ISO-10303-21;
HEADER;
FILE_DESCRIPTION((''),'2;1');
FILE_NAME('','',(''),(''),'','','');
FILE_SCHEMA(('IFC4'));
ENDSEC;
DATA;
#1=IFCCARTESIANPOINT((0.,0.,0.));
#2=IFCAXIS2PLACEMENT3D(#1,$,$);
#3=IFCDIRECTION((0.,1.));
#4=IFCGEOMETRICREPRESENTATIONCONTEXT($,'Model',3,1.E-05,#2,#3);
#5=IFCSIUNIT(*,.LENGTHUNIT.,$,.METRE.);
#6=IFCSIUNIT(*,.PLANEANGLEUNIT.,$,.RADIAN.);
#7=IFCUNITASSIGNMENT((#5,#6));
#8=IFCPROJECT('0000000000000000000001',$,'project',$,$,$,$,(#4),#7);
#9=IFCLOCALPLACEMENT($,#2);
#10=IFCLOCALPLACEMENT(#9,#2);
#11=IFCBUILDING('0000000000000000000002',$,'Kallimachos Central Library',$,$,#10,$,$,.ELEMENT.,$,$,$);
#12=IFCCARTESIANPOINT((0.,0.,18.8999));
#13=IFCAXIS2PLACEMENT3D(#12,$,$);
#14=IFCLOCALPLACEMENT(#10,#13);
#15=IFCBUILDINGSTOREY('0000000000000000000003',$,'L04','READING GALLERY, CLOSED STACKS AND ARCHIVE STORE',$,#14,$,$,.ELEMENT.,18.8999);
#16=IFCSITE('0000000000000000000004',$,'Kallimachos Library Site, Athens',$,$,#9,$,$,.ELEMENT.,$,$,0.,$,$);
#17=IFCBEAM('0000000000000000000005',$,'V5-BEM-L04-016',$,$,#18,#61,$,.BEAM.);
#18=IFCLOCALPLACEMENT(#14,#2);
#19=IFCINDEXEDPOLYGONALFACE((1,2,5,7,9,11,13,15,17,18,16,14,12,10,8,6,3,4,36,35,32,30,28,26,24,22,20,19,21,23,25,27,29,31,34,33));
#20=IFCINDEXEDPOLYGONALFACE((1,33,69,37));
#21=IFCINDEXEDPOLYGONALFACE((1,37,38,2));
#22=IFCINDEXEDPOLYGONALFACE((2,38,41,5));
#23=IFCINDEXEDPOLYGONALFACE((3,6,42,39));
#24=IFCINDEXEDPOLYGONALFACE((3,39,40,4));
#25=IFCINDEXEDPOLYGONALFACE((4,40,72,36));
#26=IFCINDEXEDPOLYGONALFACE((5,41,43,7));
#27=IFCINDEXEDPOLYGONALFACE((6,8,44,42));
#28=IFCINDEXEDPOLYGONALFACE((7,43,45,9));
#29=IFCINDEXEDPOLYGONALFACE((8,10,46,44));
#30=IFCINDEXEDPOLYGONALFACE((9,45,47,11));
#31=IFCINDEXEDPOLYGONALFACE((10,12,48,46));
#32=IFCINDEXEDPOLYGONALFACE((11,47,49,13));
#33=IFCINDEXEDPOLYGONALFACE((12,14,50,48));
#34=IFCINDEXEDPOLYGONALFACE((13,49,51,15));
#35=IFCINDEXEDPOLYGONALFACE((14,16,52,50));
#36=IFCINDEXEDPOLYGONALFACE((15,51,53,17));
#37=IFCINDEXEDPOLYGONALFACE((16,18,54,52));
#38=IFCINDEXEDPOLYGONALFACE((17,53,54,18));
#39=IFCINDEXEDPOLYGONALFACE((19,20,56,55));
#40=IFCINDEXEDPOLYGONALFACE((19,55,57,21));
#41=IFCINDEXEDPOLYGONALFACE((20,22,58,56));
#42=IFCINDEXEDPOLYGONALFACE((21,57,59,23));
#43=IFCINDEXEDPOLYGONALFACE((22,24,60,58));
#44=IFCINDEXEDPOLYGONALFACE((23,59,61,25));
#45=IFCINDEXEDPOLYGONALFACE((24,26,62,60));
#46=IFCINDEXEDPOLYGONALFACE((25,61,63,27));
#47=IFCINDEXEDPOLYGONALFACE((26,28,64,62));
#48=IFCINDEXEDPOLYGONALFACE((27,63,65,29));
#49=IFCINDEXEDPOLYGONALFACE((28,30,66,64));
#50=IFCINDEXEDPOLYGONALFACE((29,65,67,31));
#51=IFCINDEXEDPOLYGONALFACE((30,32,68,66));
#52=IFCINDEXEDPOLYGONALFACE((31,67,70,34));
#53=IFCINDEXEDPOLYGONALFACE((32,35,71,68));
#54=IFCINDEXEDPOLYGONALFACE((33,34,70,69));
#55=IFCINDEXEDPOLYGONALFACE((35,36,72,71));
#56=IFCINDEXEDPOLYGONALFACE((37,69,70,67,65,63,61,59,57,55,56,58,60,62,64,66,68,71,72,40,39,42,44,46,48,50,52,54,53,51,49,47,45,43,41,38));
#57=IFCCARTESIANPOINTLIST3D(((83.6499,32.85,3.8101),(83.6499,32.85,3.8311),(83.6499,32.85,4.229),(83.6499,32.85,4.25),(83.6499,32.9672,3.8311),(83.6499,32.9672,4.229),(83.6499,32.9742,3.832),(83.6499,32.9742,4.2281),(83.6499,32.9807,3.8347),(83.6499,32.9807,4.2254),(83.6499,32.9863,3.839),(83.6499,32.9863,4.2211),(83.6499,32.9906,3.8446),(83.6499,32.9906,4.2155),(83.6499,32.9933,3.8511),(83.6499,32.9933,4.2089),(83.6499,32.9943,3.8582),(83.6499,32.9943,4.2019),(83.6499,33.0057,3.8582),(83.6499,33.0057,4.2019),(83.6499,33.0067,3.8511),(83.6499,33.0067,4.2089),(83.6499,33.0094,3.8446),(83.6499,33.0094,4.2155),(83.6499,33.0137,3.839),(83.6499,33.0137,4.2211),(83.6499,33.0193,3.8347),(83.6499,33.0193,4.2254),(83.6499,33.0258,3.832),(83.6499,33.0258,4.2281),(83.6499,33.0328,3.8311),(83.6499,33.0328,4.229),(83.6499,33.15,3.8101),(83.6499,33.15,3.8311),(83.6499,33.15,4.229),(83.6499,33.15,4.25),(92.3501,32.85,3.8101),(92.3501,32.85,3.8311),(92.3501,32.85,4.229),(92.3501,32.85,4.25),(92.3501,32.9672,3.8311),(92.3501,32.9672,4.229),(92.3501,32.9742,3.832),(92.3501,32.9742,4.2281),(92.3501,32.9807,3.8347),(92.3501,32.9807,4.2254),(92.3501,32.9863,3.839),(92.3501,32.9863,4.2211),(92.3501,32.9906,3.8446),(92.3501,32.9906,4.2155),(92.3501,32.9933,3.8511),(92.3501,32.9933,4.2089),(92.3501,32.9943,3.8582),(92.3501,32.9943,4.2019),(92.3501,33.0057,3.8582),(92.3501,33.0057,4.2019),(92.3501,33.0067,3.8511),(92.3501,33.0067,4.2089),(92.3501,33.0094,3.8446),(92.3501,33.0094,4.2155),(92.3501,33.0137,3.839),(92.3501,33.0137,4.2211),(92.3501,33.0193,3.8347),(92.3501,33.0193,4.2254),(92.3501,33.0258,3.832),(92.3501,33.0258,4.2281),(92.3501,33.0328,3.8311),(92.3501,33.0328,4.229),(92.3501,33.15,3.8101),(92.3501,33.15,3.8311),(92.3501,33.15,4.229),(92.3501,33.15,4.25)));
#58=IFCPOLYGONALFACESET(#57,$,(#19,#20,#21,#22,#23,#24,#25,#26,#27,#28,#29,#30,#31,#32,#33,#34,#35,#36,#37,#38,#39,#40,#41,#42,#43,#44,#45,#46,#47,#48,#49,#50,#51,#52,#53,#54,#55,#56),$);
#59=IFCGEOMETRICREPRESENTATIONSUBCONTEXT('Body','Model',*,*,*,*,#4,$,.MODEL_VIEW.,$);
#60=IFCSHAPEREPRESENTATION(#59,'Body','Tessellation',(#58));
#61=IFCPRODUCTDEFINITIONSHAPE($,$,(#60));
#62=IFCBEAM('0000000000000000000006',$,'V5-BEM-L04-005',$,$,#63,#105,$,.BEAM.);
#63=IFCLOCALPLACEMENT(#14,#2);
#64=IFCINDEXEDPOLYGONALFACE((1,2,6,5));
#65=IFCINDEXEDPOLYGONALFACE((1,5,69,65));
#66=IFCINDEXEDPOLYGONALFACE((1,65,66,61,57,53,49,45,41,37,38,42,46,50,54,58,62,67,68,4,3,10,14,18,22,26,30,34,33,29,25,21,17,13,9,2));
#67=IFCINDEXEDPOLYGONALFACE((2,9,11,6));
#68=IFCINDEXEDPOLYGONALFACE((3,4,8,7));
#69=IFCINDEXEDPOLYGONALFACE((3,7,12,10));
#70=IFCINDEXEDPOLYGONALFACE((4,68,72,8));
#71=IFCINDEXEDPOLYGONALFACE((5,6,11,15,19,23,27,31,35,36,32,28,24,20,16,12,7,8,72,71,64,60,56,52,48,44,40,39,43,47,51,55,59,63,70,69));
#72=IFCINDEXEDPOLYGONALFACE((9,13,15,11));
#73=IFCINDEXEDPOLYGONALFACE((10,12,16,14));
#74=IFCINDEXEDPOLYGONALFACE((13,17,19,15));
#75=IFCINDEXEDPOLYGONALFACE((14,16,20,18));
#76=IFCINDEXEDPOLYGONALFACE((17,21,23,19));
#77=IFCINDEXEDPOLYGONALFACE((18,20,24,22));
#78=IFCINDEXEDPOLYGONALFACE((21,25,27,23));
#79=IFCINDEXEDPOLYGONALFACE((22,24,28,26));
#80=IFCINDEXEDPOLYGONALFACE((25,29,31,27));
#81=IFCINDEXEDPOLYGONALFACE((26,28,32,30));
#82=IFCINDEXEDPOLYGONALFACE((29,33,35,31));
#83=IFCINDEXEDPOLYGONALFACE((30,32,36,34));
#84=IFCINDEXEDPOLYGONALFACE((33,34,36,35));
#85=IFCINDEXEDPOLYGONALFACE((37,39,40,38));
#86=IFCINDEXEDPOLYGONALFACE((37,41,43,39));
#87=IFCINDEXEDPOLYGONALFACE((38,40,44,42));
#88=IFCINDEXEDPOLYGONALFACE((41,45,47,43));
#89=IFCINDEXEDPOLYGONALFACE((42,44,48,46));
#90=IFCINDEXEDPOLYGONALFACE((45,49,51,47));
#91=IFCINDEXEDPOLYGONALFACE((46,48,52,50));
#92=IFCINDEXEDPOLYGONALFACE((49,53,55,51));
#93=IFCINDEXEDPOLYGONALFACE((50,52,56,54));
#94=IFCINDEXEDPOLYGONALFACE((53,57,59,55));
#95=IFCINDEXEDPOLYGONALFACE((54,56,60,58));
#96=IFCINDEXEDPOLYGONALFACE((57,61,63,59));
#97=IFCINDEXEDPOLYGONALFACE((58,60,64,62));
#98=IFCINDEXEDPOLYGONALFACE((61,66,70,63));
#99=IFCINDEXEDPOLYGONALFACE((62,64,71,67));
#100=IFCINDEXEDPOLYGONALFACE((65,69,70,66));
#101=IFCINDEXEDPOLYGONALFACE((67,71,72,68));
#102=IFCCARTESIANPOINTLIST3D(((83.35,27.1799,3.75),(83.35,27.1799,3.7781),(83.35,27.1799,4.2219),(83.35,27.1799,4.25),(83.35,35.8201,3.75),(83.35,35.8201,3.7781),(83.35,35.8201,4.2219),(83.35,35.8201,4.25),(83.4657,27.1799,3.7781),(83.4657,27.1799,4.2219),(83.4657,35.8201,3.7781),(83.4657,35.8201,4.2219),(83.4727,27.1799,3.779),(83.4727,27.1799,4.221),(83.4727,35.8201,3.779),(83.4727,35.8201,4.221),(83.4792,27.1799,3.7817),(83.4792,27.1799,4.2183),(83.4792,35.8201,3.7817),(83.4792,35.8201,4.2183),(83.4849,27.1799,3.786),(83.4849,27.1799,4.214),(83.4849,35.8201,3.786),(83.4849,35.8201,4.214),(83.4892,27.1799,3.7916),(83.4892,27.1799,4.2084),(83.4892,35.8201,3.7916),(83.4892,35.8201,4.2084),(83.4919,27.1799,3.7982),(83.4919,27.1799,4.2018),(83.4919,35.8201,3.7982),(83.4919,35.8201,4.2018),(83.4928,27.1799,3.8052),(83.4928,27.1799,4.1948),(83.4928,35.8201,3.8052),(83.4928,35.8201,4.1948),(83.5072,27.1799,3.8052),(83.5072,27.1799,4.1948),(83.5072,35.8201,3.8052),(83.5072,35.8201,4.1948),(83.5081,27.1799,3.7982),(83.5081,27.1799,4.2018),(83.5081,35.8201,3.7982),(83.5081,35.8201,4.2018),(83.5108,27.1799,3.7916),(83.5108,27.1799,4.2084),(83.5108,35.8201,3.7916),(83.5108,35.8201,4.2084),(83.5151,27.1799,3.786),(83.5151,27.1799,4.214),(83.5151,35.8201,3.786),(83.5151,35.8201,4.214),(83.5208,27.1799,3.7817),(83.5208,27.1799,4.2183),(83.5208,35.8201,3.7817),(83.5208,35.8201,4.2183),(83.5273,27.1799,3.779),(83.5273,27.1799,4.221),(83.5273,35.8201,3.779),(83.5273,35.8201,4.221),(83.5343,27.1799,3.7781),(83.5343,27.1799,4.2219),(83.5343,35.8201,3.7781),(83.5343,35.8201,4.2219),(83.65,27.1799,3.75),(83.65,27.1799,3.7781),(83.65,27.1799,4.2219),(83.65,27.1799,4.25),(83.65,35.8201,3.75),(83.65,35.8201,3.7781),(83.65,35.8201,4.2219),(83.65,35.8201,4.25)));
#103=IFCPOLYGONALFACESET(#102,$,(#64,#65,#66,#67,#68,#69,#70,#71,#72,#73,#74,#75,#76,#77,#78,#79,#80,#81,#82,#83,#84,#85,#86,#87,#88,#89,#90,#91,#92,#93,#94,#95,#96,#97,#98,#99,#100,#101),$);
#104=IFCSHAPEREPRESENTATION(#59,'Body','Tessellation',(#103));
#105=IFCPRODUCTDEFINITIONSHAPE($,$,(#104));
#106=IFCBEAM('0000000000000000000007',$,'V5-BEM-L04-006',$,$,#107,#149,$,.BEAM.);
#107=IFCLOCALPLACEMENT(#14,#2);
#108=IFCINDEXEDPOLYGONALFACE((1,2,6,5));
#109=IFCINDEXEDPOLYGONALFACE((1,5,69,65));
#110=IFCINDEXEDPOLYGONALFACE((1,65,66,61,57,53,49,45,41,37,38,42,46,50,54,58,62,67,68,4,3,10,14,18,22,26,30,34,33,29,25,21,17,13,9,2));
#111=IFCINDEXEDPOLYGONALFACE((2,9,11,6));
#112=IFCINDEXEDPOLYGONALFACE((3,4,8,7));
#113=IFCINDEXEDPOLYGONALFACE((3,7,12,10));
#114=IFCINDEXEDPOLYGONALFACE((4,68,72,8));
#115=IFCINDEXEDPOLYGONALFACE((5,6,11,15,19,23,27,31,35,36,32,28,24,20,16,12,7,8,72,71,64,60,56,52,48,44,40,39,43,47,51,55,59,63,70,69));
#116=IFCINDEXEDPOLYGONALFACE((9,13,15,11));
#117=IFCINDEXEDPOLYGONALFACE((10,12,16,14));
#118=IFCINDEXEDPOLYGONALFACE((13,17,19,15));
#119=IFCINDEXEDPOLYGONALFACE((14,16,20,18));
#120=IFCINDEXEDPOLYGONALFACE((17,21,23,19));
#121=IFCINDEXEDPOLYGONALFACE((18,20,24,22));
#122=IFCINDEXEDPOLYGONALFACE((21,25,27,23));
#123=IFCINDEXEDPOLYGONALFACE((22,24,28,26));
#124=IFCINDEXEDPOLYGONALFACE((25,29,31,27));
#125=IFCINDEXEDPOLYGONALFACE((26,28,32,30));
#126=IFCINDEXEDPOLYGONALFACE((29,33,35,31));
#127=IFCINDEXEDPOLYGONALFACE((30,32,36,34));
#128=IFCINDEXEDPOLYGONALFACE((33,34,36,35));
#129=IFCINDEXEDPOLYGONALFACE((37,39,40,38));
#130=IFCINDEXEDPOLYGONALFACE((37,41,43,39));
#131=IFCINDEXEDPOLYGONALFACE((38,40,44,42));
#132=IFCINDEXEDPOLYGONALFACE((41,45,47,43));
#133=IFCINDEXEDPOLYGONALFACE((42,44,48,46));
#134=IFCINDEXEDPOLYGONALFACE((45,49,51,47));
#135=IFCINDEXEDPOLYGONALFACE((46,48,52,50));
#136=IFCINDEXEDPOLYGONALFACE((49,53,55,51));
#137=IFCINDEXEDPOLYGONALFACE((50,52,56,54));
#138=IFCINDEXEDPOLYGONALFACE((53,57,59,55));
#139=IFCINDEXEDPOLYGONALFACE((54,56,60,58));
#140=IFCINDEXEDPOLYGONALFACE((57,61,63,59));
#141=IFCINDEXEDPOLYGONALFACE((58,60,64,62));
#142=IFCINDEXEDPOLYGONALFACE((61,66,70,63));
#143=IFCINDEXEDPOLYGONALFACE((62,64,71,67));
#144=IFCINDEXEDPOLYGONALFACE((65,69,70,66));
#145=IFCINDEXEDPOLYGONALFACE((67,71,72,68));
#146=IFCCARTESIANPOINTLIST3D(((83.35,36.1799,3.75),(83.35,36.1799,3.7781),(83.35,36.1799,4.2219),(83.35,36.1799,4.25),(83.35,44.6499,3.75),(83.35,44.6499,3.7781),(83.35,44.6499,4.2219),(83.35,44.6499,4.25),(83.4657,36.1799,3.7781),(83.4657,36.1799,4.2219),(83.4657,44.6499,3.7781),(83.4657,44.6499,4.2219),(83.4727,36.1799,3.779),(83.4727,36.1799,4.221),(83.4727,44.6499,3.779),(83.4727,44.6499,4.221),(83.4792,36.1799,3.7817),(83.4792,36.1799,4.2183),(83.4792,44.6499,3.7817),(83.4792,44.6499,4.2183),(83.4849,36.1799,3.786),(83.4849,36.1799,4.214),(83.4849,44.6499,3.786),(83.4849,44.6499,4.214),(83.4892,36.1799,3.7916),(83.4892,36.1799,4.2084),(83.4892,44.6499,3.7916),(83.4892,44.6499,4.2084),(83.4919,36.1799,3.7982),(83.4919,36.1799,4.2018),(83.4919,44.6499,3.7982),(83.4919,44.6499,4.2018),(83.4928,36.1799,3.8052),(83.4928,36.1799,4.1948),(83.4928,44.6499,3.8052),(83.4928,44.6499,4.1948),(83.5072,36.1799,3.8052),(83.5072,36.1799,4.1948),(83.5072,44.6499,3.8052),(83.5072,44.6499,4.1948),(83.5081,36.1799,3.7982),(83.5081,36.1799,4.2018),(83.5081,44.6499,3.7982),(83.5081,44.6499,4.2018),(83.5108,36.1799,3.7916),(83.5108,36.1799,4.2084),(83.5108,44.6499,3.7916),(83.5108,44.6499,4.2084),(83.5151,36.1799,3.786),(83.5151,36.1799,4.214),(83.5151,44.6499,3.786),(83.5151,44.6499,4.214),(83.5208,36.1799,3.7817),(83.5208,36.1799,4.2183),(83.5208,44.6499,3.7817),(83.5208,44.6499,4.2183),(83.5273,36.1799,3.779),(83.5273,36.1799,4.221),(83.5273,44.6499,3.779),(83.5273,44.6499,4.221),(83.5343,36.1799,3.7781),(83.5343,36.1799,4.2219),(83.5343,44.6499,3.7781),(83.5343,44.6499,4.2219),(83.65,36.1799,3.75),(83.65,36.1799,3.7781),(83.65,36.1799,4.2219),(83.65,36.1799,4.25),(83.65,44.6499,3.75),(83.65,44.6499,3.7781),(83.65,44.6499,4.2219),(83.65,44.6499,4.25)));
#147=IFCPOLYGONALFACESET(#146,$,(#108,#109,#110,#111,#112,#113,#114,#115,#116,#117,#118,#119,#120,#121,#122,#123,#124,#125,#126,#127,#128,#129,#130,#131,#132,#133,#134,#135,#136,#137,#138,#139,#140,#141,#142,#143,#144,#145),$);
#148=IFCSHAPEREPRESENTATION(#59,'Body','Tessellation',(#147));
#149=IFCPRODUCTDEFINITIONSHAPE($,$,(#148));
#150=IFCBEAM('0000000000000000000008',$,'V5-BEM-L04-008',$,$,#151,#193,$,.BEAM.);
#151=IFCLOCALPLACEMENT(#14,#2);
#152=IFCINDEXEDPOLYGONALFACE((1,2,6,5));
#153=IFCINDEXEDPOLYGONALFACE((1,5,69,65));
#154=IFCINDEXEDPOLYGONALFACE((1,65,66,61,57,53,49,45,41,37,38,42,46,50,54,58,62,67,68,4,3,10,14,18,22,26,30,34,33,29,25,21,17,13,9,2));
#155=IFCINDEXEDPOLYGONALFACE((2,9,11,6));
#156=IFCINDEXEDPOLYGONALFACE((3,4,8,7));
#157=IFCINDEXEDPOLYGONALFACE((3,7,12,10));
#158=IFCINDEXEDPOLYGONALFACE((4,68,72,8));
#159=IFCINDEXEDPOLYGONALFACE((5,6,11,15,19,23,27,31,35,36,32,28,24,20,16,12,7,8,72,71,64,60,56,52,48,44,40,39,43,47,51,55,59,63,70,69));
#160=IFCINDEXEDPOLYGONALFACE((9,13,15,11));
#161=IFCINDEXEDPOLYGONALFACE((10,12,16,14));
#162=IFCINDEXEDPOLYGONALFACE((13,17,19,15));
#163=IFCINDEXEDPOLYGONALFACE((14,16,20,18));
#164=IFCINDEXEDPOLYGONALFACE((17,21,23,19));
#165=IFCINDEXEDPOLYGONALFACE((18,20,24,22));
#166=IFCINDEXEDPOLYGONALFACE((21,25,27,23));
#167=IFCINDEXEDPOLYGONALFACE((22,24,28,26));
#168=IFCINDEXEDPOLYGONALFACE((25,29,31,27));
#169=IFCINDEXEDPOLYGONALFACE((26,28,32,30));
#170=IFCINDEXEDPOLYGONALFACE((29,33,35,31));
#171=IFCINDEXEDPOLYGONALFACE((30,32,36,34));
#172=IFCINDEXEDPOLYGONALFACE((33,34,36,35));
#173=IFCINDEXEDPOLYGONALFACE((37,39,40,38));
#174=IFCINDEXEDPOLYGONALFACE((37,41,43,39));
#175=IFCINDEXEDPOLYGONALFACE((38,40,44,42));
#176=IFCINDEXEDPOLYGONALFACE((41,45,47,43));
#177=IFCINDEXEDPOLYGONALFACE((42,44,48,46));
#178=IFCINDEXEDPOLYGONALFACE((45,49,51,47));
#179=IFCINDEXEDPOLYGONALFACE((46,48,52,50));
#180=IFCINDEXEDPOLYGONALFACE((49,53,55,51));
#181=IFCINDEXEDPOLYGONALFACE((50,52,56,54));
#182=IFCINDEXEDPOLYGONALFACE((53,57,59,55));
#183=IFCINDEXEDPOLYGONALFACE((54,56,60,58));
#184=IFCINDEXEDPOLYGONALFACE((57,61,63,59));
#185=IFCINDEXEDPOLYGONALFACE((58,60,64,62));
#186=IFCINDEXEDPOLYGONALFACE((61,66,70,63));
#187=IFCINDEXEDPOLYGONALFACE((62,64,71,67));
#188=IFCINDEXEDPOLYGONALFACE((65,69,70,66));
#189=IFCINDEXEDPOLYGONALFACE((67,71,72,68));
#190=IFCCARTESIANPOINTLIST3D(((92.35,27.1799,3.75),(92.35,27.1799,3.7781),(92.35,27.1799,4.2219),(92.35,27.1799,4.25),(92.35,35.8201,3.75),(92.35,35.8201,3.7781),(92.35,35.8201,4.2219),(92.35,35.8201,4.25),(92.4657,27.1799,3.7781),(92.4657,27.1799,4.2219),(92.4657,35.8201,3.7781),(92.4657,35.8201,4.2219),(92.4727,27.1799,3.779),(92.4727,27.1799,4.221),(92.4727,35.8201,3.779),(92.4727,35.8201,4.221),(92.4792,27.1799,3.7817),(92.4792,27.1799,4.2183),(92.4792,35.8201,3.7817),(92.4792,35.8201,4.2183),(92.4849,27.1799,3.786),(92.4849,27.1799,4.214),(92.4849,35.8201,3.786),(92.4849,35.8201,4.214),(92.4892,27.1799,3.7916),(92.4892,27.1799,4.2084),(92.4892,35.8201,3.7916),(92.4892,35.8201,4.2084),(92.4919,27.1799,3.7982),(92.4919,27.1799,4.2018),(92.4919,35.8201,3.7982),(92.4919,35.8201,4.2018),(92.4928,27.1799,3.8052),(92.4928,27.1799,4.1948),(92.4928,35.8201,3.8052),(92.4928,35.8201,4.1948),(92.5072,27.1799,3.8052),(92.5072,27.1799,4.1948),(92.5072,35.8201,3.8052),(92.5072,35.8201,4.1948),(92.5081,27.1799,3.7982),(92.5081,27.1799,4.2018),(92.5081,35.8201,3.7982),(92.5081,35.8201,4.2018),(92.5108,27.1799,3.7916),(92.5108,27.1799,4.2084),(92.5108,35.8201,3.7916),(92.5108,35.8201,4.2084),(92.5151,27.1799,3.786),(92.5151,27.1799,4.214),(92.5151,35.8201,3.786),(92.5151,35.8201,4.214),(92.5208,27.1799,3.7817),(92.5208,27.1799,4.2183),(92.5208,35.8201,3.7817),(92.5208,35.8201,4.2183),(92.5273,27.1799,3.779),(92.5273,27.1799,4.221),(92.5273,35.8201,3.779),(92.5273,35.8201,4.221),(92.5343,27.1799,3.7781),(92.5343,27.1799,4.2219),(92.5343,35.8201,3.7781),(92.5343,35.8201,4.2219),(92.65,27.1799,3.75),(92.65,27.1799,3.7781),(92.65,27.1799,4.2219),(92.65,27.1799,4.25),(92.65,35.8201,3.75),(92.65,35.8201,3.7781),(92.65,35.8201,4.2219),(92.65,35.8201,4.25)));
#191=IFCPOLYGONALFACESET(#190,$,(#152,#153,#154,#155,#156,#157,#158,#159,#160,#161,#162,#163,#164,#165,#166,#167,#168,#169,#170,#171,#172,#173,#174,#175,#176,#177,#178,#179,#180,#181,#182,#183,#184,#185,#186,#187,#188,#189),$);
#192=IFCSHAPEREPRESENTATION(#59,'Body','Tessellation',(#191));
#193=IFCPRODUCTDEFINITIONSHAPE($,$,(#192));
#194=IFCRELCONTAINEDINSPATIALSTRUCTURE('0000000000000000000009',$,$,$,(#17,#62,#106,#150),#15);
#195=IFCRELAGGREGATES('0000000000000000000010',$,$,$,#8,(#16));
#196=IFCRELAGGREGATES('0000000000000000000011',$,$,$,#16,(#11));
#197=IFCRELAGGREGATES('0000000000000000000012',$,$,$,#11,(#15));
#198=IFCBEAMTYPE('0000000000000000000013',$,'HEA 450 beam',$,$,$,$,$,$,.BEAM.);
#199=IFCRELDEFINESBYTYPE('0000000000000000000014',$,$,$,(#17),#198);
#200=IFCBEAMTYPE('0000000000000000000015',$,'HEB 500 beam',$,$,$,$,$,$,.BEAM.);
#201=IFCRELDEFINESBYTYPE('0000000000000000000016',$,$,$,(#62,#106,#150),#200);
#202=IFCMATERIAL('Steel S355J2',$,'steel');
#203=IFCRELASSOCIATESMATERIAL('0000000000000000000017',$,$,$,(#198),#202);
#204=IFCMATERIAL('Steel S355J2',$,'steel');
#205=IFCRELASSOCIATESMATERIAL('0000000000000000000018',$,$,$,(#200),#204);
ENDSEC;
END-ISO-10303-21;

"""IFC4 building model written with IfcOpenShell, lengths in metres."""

from ifc_helpers import new_model, si_unit, direction, frame, origin, origin_2d, place, context, subcontext, project, spatial, i_section, extrude, material, material_profile, profile_set, type_object, element, save


model = new_model("IFC4")

# Units and contexts
model_context = context("Model", 3, precision=1e-05, world=origin(), true_north=direction((0.0, 1.0)))
body_context = subcontext(model_context, "Body", "Model", "MODEL_VIEW")
ifc_project = project(units=[si_unit("LENGTHUNIT", "METRE"), si_unit("PLANEANGLEUNIT", "RADIAN")], contexts=[model_context])

# Site, building, storey
site_placement = place(None, origin())
site = spatial("IfcSite", under=ifc_project, at=site_placement, Name="Kallimachos Library Site, Athens", CompositionType="ELEMENT", RefElevation=0.0)
building_placement = place(site_placement, origin())
building = spatial("IfcBuilding", under=site, at=building_placement, Name="Kallimachos Central Library", CompositionType="ELEMENT")
storey_placement = place(building_placement, frame((0.0, 0.0, 18.8999)))
storey = spatial("IfcBuildingStorey", under=building, at=storey_placement, Name="L04", Description="READING GALLERY, CLOSED STACKS AND ARCHIVE STORE", CompositionType="ELEMENT", Elevation=18.8999)

# Beams
ifc_material_1 = material(Name="Steel S355J2", Category="steel")
ifc_material_profile_1 = material_profile(ifc_material_1, i_section(OverallWidth=0.3, OverallDepth=0.4399, WebThickness=0.0115, FlangeThickness=0.021, FilletRadius=0.0271, at=origin_2d()), Name="HEA 450")
ifc_profile_set_1 = profile_set([ifc_material_profile_1], Name="Steel S355J2")
beam_type_1 = type_object("IfcBeamType", Name="HEA 450 beam", PredefinedType="BEAM", material=ifc_profile_set_1)
for number, where, z_axis, x_axis, name in (
    (1, (83.6499, 33.0, 4.03), (1.0, 0.0, 0.0), (0.0, 1.0, 0.0), "V5-BEM-L04-016"),
):
    element("IfcBeam", number, at=place(storey_placement, frame(where, z_axis=z_axis, x_axis=x_axis)), inside=storey, type_object=beam_type_1, Name=name, PredefinedType="BEAM", context=body_context, shape_type="SweptSolid", body=[
        extrude(i_section(OverallWidth=0.3, OverallDepth=0.4399, WebThickness=0.0115, FlangeThickness=0.021, FilletRadius=0.0271, at=origin_2d()), origin(), (0.0, 0.0, 1.0), 8.7002),
    ])
ifc_material_2 = material(Name="Steel S355J2", Category="steel")
ifc_material_profile_2 = material_profile(ifc_material_2, i_section(OverallWidth=0.3, OverallDepth=0.5, WebThickness=0.0144, FlangeThickness=0.0281, FilletRadius=0.0271, at=origin_2d()), Name="HEB 500")
ifc_profile_set_2 = profile_set([ifc_material_profile_2], Name="Steel S355J2")
beam_type_2 = type_object("IfcBeamType", Name="HEB 500 beam", PredefinedType="BEAM", material=ifc_profile_set_2)
beam_1_placement = place(storey_placement, frame((83.5, 27.1799, 4.0), z_axis=(0.0, 1.0, 0.0), x_axis=(-1.0, 0.0, 0.0)))
element("IfcBeam", 2, at=beam_1_placement, inside=storey, type_object=beam_type_2, Name="V5-BEM-L04-005", PredefinedType="BEAM", context=body_context, shape_type="SweptSolid", body=[
    extrude(i_section(OverallWidth=0.3, OverallDepth=0.5, WebThickness=0.0144, FlangeThickness=0.0281, FilletRadius=0.0271, at=origin_2d()), origin(), (0.0, 0.0, 1.0), 8.6401),
])
beam_2_placement = place(storey_placement, frame((83.5, 36.1799, 4.0), z_axis=(0.0, 1.0, 0.0), x_axis=(-1.0, 0.0, 0.0)))
element("IfcBeam", 3, at=beam_2_placement, inside=storey, type_object=beam_type_2, Name="V5-BEM-L04-006", PredefinedType="BEAM", context=body_context, shape_type="SweptSolid", body=[
    extrude(i_section(OverallWidth=0.3, OverallDepth=0.5, WebThickness=0.0144, FlangeThickness=0.0281, FilletRadius=0.0271, at=origin_2d()), origin(), (0.0, 0.0, 1.0), 8.47),
])
beam_3_placement = place(storey_placement, frame((92.5, 27.1799, 4.0), z_axis=(0.0, 1.0, 0.0), x_axis=(-1.0, 0.0, 0.0)))
element("IfcBeam", 4, at=beam_3_placement, inside=storey, type_object=beam_type_2, Name="V5-BEM-L04-008", PredefinedType="BEAM", context=body_context, shape_type="SweptSolid", body=[
    extrude(i_section(OverallWidth=0.3, OverallDepth=0.5, WebThickness=0.0144, FlangeThickness=0.0281, FilletRadius=0.0271, at=origin_2d()), origin(), (0.0, 0.0, 1.0), 8.6401),
])

save(model, "model.ifc")
